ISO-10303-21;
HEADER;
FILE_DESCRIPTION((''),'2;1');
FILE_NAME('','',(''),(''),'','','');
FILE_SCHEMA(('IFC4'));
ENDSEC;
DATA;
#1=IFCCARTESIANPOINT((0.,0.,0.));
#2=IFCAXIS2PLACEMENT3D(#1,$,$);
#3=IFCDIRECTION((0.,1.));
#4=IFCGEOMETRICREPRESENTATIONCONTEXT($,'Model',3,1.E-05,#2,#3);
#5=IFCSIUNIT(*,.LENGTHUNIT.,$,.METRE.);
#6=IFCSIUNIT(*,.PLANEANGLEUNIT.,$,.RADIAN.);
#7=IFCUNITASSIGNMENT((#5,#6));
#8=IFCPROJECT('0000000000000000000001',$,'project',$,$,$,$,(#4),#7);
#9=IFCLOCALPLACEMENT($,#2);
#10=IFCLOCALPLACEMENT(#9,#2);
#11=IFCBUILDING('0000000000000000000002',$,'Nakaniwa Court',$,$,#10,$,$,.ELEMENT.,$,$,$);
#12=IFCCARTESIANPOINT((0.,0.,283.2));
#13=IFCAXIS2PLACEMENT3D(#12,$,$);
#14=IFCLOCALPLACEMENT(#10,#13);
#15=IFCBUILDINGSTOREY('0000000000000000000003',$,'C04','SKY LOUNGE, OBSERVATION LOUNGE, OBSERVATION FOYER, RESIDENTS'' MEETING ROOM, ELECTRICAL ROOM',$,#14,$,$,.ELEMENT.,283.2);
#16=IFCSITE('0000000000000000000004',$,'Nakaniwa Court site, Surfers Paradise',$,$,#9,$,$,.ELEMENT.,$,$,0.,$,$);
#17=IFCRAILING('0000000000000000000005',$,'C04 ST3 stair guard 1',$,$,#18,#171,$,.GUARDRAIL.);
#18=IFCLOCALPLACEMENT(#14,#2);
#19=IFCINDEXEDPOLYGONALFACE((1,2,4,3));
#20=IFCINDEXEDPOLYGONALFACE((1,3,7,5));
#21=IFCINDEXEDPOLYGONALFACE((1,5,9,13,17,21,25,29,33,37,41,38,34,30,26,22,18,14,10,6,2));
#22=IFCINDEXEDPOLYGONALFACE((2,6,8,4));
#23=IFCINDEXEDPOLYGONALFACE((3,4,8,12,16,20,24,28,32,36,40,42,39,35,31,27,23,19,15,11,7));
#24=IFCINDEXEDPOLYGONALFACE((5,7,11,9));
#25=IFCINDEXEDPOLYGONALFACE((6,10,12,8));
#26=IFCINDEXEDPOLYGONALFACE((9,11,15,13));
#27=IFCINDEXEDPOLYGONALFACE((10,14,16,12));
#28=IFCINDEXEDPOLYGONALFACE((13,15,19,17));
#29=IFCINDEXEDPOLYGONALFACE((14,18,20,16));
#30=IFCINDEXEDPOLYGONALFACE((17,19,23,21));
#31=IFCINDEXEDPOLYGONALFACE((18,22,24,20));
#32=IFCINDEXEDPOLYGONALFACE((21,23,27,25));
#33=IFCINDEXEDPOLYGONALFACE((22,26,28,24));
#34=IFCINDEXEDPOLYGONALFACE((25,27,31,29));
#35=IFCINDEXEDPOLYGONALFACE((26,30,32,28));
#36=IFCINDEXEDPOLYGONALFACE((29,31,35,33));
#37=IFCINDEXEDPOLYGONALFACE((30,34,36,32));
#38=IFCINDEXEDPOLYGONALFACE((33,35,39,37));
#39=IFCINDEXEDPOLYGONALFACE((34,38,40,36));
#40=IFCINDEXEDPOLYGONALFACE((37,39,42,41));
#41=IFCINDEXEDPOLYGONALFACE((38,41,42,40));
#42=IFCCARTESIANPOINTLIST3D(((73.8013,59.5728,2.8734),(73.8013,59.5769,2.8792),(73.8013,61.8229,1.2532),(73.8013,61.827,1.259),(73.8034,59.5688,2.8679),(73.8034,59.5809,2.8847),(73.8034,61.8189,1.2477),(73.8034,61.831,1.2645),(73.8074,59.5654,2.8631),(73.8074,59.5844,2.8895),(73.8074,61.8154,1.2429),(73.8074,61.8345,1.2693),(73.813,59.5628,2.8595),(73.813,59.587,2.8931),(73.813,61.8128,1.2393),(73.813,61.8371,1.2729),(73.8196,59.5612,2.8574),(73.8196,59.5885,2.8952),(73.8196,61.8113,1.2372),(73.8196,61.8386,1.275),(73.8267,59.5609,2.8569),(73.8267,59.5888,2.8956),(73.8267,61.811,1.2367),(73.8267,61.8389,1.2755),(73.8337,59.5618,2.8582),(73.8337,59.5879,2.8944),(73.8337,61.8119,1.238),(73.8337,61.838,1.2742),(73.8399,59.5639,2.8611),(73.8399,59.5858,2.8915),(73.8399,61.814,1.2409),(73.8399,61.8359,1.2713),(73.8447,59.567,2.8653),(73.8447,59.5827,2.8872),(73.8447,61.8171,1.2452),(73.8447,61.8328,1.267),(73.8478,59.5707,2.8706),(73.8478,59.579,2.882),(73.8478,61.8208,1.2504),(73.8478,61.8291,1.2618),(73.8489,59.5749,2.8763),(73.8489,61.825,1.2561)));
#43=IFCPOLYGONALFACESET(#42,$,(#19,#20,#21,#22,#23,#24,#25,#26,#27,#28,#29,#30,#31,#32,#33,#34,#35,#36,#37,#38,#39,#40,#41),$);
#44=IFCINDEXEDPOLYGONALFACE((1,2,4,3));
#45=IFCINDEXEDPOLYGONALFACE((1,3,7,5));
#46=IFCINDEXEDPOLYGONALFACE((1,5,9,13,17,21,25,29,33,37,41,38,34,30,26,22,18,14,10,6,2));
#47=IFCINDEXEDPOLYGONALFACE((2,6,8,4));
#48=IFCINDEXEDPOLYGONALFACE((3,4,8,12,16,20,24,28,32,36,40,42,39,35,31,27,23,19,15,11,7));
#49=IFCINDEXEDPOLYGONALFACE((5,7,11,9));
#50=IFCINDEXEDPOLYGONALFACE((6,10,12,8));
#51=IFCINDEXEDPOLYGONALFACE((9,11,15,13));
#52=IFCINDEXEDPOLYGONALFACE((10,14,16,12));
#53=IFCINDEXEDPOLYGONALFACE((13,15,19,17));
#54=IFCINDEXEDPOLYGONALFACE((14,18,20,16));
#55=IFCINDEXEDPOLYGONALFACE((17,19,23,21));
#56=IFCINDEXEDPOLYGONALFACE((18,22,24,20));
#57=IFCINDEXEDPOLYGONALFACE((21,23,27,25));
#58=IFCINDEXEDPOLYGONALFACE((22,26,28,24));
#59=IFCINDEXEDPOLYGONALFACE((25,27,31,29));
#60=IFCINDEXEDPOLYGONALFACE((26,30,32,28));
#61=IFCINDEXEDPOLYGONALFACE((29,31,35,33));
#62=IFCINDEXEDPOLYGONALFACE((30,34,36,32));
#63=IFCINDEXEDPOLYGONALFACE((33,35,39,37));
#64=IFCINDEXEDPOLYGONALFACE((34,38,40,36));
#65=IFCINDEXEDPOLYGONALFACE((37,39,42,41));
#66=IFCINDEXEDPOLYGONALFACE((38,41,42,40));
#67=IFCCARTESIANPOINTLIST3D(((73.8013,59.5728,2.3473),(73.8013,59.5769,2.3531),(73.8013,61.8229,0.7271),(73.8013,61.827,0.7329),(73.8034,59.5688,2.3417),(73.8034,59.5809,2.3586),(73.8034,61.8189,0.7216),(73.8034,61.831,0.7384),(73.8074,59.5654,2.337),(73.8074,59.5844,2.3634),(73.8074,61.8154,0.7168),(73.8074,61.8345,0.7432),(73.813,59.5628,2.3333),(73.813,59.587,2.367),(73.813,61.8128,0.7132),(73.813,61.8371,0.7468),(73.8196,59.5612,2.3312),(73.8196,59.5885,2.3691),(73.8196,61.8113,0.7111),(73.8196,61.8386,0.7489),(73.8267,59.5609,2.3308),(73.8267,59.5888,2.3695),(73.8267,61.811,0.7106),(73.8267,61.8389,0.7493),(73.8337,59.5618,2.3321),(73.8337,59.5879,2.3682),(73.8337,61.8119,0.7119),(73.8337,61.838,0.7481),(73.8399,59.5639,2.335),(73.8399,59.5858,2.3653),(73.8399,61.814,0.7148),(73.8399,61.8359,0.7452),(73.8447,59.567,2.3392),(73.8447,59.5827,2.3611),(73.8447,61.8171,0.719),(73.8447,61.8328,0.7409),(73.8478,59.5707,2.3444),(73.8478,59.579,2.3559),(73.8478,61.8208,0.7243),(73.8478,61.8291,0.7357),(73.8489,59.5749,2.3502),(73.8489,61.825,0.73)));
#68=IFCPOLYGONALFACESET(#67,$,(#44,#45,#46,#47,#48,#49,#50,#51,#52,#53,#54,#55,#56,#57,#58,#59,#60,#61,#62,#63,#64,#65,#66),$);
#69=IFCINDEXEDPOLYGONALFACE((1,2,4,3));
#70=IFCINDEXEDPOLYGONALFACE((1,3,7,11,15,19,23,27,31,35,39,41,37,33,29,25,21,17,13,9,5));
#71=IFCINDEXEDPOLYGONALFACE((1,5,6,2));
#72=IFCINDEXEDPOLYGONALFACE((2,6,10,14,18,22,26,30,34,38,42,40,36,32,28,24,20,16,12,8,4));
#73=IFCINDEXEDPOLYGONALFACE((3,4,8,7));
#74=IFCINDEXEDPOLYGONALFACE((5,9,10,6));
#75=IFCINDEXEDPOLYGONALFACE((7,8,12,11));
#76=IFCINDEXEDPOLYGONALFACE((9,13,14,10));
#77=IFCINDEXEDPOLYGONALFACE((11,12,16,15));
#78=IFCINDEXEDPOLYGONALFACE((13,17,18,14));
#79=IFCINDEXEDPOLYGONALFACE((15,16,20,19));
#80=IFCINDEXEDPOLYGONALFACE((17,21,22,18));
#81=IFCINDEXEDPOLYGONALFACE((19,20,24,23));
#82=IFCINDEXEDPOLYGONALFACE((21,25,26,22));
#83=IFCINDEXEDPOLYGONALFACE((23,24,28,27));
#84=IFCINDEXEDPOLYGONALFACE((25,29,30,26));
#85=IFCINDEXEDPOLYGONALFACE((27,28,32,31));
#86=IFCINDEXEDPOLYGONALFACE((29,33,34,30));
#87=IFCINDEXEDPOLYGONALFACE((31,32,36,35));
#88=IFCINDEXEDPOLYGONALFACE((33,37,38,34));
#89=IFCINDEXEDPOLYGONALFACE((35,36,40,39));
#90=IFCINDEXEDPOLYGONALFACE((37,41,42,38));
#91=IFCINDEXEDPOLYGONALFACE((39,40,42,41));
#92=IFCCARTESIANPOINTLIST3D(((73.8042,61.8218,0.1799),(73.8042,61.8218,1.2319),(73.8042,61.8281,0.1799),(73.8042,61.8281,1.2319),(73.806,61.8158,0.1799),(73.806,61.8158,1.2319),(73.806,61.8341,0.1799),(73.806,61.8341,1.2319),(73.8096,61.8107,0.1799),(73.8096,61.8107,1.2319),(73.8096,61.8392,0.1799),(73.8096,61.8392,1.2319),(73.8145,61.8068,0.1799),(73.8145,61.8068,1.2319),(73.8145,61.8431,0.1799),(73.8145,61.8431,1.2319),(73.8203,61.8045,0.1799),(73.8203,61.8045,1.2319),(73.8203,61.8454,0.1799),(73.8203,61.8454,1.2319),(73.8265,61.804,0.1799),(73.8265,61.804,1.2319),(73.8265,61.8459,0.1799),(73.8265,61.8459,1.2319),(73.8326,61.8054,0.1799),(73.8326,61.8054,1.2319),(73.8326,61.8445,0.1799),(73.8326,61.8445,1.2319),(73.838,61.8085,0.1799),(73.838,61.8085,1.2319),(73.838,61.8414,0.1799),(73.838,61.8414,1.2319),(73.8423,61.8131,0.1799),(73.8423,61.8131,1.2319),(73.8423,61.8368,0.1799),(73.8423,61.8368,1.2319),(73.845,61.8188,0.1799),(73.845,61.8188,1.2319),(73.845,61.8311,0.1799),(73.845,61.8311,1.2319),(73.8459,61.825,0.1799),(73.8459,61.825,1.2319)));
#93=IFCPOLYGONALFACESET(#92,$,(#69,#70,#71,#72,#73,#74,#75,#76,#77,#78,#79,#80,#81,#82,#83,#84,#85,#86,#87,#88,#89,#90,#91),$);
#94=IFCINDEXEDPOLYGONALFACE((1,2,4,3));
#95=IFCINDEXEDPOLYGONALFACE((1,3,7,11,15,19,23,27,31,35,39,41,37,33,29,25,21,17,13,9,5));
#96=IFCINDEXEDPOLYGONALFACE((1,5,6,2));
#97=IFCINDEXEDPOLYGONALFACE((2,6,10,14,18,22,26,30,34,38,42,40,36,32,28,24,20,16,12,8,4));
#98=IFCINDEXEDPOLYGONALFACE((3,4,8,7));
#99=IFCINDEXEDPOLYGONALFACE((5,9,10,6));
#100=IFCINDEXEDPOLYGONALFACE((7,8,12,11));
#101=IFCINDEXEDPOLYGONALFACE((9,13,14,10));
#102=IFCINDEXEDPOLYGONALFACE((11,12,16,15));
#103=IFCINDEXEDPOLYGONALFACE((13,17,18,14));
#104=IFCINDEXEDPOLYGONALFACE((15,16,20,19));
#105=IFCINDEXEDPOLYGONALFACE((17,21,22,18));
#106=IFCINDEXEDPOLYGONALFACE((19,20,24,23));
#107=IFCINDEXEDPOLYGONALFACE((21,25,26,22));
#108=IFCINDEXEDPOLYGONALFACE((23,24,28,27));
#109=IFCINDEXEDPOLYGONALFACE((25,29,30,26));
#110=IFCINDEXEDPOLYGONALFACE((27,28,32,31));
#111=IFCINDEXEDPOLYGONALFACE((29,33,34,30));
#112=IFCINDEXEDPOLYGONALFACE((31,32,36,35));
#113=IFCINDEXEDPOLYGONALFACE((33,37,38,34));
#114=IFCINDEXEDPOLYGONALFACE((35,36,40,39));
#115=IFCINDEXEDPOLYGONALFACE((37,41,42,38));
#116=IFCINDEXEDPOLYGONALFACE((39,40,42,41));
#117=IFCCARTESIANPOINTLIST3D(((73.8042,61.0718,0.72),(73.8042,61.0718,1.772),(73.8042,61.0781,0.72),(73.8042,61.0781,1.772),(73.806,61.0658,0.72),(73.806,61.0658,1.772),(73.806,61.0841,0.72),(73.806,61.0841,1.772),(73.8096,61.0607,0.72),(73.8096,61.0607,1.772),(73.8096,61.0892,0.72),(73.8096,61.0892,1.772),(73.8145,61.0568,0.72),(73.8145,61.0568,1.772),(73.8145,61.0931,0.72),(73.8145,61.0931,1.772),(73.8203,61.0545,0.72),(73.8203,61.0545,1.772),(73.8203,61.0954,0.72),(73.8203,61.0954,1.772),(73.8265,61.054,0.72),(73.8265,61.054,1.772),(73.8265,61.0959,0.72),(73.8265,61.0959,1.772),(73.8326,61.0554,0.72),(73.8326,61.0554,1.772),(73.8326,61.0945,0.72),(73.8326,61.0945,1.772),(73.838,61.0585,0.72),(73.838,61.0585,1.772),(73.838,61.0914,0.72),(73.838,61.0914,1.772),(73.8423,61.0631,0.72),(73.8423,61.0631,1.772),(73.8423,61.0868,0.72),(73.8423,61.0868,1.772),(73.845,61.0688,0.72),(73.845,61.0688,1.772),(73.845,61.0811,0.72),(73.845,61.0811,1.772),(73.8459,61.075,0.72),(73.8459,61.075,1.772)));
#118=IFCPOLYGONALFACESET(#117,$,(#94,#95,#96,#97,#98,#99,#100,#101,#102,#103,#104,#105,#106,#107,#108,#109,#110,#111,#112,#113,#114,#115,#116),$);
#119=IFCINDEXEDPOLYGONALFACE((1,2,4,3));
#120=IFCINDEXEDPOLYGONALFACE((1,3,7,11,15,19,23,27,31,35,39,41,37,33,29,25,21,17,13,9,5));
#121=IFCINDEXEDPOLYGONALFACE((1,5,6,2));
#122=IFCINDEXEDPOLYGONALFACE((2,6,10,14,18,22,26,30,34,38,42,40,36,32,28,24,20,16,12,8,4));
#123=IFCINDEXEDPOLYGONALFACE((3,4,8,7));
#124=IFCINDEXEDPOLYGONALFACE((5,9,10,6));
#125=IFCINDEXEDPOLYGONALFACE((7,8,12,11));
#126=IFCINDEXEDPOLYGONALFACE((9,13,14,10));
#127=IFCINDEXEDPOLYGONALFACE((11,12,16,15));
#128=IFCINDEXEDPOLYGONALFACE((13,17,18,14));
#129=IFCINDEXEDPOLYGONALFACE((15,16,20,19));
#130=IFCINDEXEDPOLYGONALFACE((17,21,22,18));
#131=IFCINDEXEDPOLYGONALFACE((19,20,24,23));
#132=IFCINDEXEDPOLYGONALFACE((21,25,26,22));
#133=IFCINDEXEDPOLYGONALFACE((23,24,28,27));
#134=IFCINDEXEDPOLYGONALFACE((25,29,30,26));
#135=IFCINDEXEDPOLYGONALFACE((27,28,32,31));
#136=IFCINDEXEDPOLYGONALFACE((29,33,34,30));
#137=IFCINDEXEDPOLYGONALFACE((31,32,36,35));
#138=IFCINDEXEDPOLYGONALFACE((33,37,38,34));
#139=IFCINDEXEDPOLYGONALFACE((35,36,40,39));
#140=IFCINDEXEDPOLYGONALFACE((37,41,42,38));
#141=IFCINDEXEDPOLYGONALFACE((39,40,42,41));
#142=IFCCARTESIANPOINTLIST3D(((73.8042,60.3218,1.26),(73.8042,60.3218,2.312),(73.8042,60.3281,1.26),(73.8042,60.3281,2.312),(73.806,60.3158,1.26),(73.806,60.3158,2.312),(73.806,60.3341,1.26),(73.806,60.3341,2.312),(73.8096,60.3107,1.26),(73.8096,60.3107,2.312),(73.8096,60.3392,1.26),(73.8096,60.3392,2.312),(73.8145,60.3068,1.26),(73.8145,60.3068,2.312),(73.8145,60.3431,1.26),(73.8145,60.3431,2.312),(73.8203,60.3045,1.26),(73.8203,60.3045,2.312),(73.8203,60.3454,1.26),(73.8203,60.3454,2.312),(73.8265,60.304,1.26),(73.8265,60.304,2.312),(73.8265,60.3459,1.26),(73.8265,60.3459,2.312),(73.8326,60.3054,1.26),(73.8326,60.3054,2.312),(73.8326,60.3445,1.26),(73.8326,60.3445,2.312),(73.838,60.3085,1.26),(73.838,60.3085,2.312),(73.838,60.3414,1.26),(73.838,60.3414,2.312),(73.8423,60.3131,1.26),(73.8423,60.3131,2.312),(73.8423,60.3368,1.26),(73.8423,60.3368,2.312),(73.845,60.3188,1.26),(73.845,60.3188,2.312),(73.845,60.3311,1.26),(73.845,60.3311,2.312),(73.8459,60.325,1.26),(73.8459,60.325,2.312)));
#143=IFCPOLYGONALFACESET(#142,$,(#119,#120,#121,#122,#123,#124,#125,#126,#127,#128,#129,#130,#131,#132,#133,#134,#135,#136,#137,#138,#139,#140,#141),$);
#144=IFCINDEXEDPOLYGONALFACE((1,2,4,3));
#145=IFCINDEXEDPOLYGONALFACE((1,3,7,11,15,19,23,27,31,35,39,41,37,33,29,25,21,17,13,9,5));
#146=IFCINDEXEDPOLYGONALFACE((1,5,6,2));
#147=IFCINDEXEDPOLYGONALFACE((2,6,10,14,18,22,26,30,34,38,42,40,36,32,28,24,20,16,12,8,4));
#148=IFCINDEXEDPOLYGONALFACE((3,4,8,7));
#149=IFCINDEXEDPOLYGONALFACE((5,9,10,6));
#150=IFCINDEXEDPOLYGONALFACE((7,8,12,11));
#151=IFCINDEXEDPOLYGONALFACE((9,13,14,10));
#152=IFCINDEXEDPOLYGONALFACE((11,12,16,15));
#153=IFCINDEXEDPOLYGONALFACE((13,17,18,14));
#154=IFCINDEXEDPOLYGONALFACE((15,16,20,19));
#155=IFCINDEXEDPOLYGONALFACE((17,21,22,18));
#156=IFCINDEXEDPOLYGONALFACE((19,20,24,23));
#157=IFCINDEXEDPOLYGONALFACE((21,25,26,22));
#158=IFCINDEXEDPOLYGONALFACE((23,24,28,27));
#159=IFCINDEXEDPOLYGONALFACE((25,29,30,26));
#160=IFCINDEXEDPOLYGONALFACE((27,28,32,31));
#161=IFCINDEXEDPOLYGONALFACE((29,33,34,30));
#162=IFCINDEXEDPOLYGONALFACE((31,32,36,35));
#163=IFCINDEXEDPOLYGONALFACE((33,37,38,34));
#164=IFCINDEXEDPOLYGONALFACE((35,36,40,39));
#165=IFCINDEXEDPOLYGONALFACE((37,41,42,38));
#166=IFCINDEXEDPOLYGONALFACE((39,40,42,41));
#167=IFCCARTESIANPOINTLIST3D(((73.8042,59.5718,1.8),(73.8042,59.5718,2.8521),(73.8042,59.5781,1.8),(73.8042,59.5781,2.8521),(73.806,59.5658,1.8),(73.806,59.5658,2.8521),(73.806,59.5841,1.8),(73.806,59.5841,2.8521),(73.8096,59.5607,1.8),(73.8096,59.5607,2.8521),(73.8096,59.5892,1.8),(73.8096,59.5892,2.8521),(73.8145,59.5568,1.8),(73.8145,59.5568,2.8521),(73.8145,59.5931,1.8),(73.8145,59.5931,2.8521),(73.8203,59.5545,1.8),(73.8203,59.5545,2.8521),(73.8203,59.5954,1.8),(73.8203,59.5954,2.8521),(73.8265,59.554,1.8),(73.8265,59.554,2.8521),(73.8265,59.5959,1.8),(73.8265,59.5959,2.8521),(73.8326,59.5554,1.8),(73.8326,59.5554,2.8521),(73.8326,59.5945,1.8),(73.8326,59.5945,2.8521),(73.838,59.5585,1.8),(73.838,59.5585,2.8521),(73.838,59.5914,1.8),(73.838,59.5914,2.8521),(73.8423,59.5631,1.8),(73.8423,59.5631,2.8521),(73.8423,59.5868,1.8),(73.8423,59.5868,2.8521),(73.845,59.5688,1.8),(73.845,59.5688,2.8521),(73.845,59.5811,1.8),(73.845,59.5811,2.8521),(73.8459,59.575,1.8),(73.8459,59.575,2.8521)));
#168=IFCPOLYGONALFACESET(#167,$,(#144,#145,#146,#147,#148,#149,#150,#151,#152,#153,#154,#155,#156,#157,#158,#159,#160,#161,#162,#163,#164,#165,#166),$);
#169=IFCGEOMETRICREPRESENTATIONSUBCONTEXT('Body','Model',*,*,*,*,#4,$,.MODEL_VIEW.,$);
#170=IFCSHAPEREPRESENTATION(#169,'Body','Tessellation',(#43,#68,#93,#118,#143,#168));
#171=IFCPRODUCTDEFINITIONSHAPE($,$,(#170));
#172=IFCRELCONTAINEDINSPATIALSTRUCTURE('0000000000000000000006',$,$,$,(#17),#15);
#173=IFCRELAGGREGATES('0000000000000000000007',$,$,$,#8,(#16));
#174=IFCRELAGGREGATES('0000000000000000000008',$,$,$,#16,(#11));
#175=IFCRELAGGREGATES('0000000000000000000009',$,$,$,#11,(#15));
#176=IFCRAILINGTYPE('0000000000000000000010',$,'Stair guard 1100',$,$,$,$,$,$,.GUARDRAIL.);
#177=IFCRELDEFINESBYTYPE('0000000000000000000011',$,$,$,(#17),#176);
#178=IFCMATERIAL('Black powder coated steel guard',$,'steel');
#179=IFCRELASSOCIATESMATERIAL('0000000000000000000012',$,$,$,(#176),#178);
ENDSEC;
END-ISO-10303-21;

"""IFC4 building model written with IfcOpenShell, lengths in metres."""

from ifc_helpers import new_model, si_unit, direction, frame, origin, origin_2d, place, context, subcontext, project, spatial, circle, extrude, material, type_object, element, save


model = new_model("IFC4")

# Units and contexts
model_context = context("Model", 3, precision=1e-05, world=origin(), true_north=direction((0.0, 1.0)))
body_context = subcontext(model_context, "Body", "Model", "MODEL_VIEW")
ifc_project = project(units=[si_unit("LENGTHUNIT", "METRE"), si_unit("PLANEANGLEUNIT", "RADIAN")], contexts=[model_context])

# Site, building, storey
site_placement = place(None, origin())
site = spatial("IfcSite", under=ifc_project, at=site_placement, Name="Nakaniwa Court site, Surfers Paradise", CompositionType="ELEMENT", RefElevation=0.0)
building_placement = place(site_placement, origin())
building = spatial("IfcBuilding", under=site, at=building_placement, Name="Nakaniwa Court", CompositionType="ELEMENT")
storey_placement = place(building_placement, frame((0.0, 0.0, 283.2)))
storey = spatial("IfcBuildingStorey", under=building, at=storey_placement, Name="C04", Description="SKY LOUNGE, OBSERVATION LOUNGE, OBSERVATION FOYER, RESIDENTS' MEETING ROOM, ELECTRICAL ROOM", CompositionType="ELEMENT", Elevation=283.2)

# Railing
ifc_material_1 = material(Name="Black powder coated steel guard", Category="steel")
railing_type_1 = type_object("IfcRailingType", Name="Stair guard 1100", PredefinedType="GUARDRAIL", material=ifc_material_1)
railing_1_placement = place(storey_placement, frame((73.825, 61.825, 0.1799)))
element("IfcRailing", 1, at=railing_1_placement, inside=storey, type_object=railing_type_1, Name="C04 ST3 stair guard 1", PredefinedType="GUARDRAIL", context=body_context, shape_type="SweptSolid", body=[
    extrude(circle(Radius=0.0239, at=origin_2d()), frame((0.0, 0.0, 1.0762), z_axis=(0.0, -0.811514, 0.584333), x_axis=(1.0, 0.0, 0.0)), (0.0, 0.0, 1.0), 2.7727),
    extrude(circle(Radius=0.0239, at=origin_2d()), frame((0.0, 0.0, 0.55), z_axis=(0.0, -0.811514, 0.584333), x_axis=(1.0, 0.0, 0.0)), (0.0, 0.0, 1.0), 2.7727),
    extrude(circle(Radius=0.021, at=origin_2d()), origin(), (0.0, 0.0, 1.0), 1.052),
    extrude(circle(Radius=0.021, at=origin_2d()), frame((0.0, -0.75, 0.54)), (0.0, 0.0, 1.0), 1.052),
    extrude(circle(Radius=0.021, at=origin_2d()), frame((0.0, -1.5, 1.0801)), (0.0, 0.0, 1.0), 1.052),
    extrude(circle(Radius=0.021, at=origin_2d()), frame((0.0, -2.25, 1.6201)), (0.0, 0.0, 1.0), 1.052),
])

save(model, "model.ifc")
